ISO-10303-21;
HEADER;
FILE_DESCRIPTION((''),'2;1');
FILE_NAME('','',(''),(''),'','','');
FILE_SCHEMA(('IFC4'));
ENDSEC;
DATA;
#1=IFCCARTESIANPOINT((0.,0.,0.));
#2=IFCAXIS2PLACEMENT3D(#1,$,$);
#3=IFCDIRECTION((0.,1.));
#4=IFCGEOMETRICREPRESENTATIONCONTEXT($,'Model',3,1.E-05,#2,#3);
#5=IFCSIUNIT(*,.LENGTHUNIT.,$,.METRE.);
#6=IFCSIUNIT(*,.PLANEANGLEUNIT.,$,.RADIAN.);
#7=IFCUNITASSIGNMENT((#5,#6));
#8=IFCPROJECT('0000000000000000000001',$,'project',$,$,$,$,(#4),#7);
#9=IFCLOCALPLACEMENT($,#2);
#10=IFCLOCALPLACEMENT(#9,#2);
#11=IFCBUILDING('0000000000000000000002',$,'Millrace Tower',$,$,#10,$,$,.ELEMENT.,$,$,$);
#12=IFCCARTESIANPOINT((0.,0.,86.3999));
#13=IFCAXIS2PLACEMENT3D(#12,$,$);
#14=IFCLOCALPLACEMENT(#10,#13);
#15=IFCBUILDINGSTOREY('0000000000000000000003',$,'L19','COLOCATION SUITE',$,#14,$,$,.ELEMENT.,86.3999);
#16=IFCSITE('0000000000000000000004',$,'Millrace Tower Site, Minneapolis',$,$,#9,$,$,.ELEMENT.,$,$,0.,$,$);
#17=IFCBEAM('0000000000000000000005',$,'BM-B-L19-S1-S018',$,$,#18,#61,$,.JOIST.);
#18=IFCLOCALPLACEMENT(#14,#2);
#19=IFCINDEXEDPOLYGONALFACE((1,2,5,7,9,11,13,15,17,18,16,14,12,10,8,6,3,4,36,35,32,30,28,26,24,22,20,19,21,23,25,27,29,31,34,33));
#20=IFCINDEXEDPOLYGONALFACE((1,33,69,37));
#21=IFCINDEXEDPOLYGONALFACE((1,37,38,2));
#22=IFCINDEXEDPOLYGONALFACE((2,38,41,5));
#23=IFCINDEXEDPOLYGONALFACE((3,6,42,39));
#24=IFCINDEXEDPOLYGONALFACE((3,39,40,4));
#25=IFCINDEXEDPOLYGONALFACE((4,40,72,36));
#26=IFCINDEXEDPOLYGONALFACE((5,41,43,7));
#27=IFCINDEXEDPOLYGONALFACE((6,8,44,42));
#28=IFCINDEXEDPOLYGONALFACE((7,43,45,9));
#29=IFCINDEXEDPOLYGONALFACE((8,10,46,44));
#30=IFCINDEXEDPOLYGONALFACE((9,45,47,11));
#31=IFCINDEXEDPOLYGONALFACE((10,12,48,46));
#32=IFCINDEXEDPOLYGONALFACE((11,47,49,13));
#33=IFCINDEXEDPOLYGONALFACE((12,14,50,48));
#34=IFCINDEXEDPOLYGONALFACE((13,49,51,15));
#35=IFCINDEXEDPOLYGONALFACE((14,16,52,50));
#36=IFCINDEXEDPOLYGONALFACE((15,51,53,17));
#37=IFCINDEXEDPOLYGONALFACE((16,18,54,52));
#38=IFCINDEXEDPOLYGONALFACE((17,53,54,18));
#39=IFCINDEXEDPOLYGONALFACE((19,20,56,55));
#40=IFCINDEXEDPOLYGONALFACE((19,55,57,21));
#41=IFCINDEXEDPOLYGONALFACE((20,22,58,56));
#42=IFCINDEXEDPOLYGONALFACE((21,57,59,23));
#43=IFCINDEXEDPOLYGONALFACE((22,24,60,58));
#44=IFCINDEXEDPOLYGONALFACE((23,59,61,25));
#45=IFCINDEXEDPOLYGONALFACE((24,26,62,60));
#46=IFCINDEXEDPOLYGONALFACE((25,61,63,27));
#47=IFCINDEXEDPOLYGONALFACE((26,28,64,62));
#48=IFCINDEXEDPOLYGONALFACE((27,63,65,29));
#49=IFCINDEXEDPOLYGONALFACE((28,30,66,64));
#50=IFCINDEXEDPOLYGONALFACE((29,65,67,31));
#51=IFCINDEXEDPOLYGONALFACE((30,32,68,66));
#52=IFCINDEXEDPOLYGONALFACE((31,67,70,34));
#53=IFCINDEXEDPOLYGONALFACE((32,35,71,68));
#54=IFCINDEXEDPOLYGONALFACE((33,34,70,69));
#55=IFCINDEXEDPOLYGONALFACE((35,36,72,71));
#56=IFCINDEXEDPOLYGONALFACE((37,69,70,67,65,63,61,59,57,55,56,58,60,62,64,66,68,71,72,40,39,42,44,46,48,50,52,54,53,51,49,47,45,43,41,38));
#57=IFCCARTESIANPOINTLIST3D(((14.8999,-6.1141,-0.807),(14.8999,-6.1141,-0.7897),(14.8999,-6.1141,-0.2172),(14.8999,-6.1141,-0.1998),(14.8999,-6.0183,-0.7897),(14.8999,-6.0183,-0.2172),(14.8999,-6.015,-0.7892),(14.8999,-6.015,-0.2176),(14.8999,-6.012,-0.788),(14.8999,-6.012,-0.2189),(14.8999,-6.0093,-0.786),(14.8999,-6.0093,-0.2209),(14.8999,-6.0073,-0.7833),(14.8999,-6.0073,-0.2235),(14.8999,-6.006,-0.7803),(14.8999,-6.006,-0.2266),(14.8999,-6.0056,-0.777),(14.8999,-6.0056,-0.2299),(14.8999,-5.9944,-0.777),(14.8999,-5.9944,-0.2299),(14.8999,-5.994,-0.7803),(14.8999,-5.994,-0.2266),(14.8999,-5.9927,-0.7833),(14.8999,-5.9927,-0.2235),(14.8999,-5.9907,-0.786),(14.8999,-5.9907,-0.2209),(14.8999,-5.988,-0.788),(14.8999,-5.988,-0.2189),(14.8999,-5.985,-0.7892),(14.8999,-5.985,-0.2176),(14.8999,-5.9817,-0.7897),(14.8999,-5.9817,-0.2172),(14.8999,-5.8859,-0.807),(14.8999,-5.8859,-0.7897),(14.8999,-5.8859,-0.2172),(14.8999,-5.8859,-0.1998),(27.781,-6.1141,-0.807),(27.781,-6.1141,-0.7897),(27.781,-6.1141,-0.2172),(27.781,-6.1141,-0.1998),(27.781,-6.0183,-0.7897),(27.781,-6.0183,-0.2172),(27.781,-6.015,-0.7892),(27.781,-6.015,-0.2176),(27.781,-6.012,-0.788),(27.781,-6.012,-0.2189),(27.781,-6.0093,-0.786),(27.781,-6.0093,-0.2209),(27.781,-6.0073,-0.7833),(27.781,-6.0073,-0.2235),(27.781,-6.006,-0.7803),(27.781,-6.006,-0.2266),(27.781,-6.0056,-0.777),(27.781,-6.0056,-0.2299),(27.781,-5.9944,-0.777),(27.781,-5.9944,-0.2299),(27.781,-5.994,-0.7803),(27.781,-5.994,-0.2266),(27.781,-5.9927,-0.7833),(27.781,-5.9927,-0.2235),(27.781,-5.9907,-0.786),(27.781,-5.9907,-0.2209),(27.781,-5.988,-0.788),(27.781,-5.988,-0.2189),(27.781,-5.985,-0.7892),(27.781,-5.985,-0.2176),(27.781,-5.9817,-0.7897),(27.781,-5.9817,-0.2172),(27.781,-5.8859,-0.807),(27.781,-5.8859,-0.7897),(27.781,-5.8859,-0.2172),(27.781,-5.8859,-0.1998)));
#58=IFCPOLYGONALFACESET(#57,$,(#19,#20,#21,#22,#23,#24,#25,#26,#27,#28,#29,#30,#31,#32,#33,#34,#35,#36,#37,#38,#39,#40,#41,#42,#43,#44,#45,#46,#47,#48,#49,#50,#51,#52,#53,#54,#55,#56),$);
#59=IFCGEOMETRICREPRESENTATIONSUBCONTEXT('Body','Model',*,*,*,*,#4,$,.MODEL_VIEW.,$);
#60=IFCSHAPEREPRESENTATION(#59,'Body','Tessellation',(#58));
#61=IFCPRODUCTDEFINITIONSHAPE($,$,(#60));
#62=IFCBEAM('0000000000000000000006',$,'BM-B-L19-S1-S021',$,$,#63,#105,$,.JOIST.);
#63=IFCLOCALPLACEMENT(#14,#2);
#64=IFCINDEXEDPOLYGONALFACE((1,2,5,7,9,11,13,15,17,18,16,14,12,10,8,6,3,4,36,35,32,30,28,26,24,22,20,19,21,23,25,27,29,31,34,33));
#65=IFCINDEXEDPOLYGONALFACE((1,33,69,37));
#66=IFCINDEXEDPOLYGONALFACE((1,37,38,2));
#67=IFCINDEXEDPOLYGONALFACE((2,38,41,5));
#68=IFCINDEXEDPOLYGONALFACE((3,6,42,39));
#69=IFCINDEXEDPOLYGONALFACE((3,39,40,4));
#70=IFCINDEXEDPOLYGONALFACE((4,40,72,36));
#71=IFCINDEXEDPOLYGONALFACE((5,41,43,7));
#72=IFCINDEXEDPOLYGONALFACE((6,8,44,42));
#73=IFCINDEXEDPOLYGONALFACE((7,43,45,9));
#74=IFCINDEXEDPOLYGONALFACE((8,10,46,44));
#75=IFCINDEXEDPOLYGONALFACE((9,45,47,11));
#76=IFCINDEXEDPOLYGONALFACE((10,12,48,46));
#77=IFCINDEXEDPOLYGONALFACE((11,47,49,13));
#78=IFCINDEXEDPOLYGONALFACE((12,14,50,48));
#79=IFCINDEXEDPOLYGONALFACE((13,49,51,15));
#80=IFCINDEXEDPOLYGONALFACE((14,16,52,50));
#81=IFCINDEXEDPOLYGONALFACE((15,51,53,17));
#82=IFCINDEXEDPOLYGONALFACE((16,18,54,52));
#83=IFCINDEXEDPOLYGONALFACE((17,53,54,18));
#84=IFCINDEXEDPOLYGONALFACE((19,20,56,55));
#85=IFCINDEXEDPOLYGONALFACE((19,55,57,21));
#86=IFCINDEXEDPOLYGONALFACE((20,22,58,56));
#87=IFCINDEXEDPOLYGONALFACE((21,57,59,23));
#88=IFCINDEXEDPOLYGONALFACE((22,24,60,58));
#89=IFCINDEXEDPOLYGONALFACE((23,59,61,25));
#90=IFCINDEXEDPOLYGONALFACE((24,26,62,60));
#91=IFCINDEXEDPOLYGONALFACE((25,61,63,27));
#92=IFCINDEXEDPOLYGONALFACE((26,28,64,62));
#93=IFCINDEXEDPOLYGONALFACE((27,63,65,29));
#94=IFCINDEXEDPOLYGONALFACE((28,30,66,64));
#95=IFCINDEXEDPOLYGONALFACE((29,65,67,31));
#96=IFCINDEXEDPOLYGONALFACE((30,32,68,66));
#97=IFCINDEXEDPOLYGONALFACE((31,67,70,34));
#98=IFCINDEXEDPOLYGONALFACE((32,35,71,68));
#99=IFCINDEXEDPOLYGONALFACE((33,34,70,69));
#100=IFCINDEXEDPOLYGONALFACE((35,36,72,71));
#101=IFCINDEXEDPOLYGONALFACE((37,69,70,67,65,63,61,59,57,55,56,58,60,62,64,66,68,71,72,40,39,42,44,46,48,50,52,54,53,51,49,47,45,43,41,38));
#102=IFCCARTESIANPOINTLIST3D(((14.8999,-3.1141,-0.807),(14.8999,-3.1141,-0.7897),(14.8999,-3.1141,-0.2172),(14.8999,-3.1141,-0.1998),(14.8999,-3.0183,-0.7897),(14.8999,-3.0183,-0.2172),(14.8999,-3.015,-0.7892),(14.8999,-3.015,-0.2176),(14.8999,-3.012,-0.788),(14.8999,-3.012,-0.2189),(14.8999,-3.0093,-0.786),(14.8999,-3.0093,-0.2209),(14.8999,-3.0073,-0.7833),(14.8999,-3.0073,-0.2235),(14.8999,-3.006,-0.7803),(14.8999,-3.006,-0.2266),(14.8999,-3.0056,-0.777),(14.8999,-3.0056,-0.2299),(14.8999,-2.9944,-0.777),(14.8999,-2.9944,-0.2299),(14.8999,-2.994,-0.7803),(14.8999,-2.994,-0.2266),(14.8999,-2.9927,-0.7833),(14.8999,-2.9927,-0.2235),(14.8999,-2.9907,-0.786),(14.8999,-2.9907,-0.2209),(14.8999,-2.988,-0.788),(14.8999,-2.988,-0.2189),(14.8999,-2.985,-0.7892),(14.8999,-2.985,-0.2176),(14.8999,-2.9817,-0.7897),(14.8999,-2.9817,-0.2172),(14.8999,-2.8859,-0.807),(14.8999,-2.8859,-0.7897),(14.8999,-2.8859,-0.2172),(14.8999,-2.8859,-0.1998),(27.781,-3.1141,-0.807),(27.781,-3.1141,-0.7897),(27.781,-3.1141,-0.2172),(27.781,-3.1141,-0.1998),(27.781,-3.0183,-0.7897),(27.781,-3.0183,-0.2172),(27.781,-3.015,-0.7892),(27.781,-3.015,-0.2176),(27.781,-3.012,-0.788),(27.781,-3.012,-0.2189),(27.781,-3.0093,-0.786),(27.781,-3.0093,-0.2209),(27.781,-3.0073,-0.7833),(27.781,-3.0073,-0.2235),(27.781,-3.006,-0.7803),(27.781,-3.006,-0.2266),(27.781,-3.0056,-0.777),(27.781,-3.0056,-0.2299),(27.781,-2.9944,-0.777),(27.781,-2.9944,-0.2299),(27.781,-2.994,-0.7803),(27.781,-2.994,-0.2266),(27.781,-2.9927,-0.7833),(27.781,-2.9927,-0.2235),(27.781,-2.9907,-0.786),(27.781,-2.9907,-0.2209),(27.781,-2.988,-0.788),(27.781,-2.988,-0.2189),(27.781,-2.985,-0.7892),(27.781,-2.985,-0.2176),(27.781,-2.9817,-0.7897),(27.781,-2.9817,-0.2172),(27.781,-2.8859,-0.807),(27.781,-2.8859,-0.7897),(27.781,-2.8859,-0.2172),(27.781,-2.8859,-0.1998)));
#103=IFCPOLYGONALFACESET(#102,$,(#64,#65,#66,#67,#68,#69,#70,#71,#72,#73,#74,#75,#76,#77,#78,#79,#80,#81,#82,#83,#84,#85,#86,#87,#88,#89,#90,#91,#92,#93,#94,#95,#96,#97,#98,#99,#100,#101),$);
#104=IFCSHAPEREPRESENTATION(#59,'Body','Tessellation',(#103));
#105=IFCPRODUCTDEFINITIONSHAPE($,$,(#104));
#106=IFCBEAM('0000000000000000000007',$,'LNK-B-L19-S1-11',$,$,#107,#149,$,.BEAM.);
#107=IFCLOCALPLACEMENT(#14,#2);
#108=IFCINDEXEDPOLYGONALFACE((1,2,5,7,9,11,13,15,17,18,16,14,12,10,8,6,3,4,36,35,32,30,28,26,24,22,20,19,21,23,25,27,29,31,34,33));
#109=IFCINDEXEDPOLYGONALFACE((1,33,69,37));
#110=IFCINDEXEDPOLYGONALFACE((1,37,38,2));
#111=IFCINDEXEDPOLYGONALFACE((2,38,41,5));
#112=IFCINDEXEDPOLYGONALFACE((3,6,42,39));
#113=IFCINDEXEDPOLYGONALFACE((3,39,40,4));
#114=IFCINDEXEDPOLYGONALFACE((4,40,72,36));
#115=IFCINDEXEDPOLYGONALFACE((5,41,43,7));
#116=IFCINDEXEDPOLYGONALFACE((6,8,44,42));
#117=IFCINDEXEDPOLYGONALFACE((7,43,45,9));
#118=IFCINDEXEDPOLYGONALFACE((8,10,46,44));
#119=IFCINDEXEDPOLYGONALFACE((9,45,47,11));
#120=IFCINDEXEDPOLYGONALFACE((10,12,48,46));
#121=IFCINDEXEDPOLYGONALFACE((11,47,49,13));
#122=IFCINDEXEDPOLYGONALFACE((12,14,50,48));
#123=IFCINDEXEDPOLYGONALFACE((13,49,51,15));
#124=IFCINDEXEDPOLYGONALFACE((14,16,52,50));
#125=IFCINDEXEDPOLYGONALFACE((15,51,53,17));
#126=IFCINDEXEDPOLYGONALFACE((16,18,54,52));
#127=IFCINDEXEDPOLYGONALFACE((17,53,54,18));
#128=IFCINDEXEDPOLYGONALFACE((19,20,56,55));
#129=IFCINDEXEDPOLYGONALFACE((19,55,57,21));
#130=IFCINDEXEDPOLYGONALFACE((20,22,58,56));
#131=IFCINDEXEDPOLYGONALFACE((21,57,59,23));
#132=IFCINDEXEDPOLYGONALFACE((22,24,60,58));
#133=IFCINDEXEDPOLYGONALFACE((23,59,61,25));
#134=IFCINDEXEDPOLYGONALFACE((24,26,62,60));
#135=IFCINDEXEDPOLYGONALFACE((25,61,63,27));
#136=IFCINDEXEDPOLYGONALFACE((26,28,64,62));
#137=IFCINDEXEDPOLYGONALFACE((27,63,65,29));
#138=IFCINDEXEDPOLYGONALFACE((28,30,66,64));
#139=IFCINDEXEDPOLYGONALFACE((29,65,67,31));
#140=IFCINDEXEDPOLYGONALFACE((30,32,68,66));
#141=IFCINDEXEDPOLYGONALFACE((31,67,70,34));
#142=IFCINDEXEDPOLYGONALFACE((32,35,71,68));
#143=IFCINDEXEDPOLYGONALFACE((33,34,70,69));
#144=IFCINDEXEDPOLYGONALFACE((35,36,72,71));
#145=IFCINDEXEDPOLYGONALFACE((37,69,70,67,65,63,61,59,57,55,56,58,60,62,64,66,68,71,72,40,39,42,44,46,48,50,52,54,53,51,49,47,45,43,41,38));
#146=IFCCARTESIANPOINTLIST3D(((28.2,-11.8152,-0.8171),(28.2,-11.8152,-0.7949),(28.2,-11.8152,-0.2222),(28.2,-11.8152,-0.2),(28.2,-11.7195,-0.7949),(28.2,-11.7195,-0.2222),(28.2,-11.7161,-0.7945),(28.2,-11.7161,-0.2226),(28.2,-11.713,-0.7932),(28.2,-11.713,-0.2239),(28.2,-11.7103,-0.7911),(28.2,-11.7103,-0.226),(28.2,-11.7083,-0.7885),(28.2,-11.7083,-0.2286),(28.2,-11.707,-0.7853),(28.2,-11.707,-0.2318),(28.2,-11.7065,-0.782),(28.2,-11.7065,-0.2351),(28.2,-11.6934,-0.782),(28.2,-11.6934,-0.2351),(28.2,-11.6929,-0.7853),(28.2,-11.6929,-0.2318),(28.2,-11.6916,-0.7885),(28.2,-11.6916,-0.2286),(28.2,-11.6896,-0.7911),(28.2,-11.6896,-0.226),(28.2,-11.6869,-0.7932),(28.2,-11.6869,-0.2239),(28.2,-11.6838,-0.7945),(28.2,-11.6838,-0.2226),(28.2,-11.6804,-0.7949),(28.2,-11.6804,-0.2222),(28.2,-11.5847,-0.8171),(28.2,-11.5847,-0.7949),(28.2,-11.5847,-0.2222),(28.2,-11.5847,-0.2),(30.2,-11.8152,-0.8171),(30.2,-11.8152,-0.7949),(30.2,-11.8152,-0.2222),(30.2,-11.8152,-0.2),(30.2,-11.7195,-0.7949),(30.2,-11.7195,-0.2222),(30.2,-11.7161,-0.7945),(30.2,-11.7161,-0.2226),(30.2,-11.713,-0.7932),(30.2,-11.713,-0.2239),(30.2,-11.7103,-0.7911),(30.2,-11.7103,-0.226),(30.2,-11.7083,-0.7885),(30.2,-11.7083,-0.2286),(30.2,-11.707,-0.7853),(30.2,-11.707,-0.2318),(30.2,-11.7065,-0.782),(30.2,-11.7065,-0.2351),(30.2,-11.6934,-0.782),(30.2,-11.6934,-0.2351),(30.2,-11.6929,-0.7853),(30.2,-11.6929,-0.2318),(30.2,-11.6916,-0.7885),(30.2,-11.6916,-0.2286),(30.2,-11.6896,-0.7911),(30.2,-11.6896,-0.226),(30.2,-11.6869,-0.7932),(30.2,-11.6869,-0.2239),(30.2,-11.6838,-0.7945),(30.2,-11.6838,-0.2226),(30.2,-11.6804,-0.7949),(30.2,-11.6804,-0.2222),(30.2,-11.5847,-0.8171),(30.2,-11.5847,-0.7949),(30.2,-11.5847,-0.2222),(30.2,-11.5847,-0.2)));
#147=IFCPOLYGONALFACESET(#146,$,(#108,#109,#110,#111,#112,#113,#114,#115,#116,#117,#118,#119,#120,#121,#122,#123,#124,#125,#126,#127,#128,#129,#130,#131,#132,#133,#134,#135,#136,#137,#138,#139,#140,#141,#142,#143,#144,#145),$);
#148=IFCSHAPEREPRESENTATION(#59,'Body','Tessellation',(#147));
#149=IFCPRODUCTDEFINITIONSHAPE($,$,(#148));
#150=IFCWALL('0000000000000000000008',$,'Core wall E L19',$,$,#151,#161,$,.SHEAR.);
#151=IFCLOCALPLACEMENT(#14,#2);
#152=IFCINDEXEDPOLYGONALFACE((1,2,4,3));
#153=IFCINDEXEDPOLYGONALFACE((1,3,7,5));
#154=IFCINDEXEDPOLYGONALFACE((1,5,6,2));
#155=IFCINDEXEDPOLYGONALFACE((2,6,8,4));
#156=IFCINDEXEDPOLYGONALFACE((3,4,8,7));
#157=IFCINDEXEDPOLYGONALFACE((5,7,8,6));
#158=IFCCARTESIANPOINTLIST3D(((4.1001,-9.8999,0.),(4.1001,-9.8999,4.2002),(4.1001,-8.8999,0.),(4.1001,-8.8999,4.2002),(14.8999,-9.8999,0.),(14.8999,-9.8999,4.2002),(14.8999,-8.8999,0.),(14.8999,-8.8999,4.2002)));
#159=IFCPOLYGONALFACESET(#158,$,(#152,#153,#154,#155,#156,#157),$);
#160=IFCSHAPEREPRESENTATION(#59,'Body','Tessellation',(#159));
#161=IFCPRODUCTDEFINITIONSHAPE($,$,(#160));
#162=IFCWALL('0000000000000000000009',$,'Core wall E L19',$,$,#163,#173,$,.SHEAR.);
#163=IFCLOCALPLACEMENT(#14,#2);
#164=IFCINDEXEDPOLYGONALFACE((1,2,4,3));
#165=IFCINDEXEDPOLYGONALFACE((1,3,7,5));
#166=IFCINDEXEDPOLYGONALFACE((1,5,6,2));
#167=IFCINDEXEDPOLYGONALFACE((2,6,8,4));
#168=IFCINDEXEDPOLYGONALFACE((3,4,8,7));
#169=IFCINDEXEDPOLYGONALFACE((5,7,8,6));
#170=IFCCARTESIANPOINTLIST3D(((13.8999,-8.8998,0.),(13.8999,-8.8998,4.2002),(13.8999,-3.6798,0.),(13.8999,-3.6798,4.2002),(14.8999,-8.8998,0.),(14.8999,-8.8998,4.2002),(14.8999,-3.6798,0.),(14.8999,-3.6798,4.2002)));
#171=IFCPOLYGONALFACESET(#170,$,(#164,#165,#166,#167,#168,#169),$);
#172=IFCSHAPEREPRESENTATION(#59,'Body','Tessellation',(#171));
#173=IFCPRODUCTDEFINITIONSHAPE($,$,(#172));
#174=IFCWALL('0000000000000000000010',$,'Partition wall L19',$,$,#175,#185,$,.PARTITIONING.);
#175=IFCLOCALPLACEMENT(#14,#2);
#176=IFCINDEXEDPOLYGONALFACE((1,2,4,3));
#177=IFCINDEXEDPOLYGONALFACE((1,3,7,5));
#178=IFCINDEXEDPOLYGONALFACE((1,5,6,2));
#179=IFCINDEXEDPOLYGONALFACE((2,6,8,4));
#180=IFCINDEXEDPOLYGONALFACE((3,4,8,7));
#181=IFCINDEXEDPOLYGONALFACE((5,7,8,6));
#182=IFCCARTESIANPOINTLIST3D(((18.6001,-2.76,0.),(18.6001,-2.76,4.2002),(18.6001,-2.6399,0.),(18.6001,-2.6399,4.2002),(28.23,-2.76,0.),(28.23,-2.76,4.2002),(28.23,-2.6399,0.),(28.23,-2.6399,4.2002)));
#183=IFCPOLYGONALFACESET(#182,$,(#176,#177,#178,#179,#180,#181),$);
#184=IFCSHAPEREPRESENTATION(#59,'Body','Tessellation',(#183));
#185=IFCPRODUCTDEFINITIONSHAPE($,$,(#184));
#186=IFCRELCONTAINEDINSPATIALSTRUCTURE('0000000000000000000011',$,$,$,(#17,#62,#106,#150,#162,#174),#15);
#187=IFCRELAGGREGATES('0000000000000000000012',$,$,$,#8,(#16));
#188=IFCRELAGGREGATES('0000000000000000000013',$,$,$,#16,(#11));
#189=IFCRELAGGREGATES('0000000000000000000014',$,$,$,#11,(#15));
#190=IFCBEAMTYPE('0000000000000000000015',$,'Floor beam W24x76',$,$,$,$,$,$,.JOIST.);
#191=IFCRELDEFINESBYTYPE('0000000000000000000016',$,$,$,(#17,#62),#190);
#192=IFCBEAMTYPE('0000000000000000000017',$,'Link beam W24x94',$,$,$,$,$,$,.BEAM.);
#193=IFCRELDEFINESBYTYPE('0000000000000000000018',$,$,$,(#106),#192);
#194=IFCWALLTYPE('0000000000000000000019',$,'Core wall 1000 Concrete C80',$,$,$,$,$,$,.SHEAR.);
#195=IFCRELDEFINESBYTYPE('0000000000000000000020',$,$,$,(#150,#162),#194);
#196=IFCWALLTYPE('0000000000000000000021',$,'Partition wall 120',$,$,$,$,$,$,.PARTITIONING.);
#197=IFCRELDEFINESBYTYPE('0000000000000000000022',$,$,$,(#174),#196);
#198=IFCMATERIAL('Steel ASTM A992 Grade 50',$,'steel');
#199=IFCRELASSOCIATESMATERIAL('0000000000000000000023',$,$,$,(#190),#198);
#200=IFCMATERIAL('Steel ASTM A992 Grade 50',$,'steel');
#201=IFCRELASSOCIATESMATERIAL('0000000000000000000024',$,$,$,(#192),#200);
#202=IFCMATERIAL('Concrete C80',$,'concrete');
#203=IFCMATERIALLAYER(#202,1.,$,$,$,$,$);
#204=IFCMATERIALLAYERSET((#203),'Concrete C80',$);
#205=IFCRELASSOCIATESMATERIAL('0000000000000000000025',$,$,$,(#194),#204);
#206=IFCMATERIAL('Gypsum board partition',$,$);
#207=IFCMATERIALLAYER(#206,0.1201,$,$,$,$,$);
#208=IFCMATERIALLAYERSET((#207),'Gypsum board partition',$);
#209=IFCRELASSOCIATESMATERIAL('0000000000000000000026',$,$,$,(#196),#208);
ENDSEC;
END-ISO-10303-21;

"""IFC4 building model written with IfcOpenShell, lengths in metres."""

from ifc_helpers import new_model, si_unit, direction, frame, frame_2d, origin, origin_2d, place, context, subcontext, project, spatial, rectangle, i_section, extrude, material, layer, layer_set, material_profile, profile_set, type_object, element, save


model = new_model("IFC4")

# Units and contexts
model_context = context("Model", 3, precision=1e-05, world=origin(), true_north=direction((0.0, 1.0)))
body_context = subcontext(model_context, "Body", "Model", "MODEL_VIEW")
ifc_project = project(units=[si_unit("LENGTHUNIT", "METRE"), si_unit("PLANEANGLEUNIT", "RADIAN")], contexts=[model_context])

# Site, building, storey
site_placement = place(None, origin())
site = spatial("IfcSite", under=ifc_project, at=site_placement, Name="Millrace Tower Site, Minneapolis", CompositionType="ELEMENT", RefElevation=0.0)
building_placement = place(site_placement, origin())
building = spatial("IfcBuilding", under=site, at=building_placement, Name="Millrace Tower", CompositionType="ELEMENT")
storey_placement = place(building_placement, frame((0.0, 0.0, 86.3999)))
storey = spatial("IfcBuildingStorey", under=building, at=storey_placement, Name="L19", Description="COLOCATION SUITE", CompositionType="ELEMENT", Elevation=86.3999)

# Beams
ifc_material_1 = material(Name="Steel ASTM A992 Grade 50", Category="steel")
ifc_material_profile_1 = material_profile(ifc_material_1, i_section(OverallWidth=0.2283, OverallDepth=0.6072, WebThickness=0.0112, FlangeThickness=0.0173, FilletRadius=0.0127, at=origin_2d()))
ifc_profile_set_1 = profile_set([ifc_material_profile_1], Name="Steel ASTM A992 Grade 50")
beam_type_1 = type_object("IfcBeamType", Name="Floor beam W24x76", PredefinedType="JOIST", material=ifc_profile_set_1)
for number, where, z_axis, x_axis, name in (
    (1, (14.8999, -6.0, -0.5034), (1.0, 0.0, 0.0), (0.0, 1.0, 0.0), "BM-B-L19-S1-S018"),
    (2, (14.8999, -3.0, -0.5034), (1.0, 0.0, 0.0), (0.0, 1.0, 0.0), "BM-B-L19-S1-S021"),
):
    element("IfcBeam", number, at=place(storey_placement, frame(where, z_axis=z_axis, x_axis=x_axis)), inside=storey, type_object=beam_type_1, Name=name, PredefinedType="JOIST", context=body_context, shape_type="SweptSolid", body=[
        extrude(i_section(OverallWidth=0.2283, OverallDepth=0.6072, WebThickness=0.0112, FlangeThickness=0.0173, FilletRadius=0.0127, at=origin_2d()), origin(), (0.0, 0.0, 1.0), 12.8811),
    ])
ifc_material_2 = material(Name="Steel ASTM A992 Grade 50", Category="steel")
ifc_material_profile_2 = material_profile(ifc_material_2, i_section(OverallWidth=0.2305, OverallDepth=0.6172, WebThickness=0.0132, FlangeThickness=0.0222, FilletRadius=0.0129, at=origin_2d()))
ifc_profile_set_2 = profile_set([ifc_material_profile_2], Name="Steel ASTM A992 Grade 50")
beam_type_2 = type_object("IfcBeamType", Name="Link beam W24x94", PredefinedType="BEAM", material=ifc_profile_set_2)
beam_1_placement = place(storey_placement, frame((28.2, -11.7, -0.5085), z_axis=(1.0, 0.0, 0.0), x_axis=(0.0, 1.0, 0.0)))
element("IfcBeam", 3, at=beam_1_placement, inside=storey, type_object=beam_type_2, Name="LNK-B-L19-S1-11", PredefinedType="BEAM", context=body_context, shape_type="SweptSolid", body=[
    extrude(i_section(OverallWidth=0.2305, OverallDepth=0.6172, WebThickness=0.0132, FlangeThickness=0.0222, FilletRadius=0.0129, at=origin_2d()), origin(), (0.0, 0.0, 1.0), 2.0),
])

# Walls
ifc_material_3 = material(Name="Concrete C80", Category="concrete")
ifc_layer_1 = layer(ifc_material_3, 1.0)
ifc_layer_set_1 = layer_set([ifc_layer_1], Name="Concrete C80")
wall_type_1 = type_object("IfcWallType", Name="Core wall 1000 Concrete C80", PredefinedType="SHEAR", material=ifc_layer_set_1)
wall_1_placement = place(storey_placement, frame((14.8999, -9.3999, 0.0), z_axis=(0.0, 0.0, 1.0), x_axis=(-1.0, 0.0, 0.0)))
element("IfcWall", 4, at=wall_1_placement, inside=storey, type_object=wall_type_1, Name="Core wall E L19", PredefinedType="SHEAR", context=body_context, shape_type="SweptSolid", body=[
    extrude(rectangle(XDim=10.7998, YDim=1.0, at=frame_2d((5.3999, 0.0))), origin(), (0.0, 0.0, 1.0), 4.2002),
])
wall_2_placement = place(storey_placement, frame((14.3999, -3.6799, 0.0), z_axis=(0.0, 0.0, 1.0), x_axis=(0.0, -1.0, 0.0)))
element("IfcWall", 5, at=wall_2_placement, inside=storey, type_object=wall_type_1, Name="Core wall E L19", PredefinedType="SHEAR", context=body_context, shape_type="SweptSolid", body=[
    extrude(rectangle(XDim=5.22, YDim=1.0, at=frame_2d((2.6099, 0.0))), origin(), (0.0, 0.0, 1.0), 4.2002),
])
ifc_material_4 = material(Name="Gypsum board partition")
ifc_layer_2 = layer(ifc_material_4, 0.1201)
ifc_layer_set_2 = layer_set([ifc_layer_2], Name="Gypsum board partition")
wall_type_2 = type_object("IfcWallType", Name="Partition wall 120", PredefinedType="PARTITIONING", material=ifc_layer_set_2)
wall_3_placement = place(storey_placement, frame((18.6001, -2.7, 0.0), z_axis=(0.0, 0.0, 1.0), x_axis=(1.0, 0.0, 0.0)))
element("IfcWall", 6, at=wall_3_placement, inside=storey, type_object=wall_type_2, Name="Partition wall L19", PredefinedType="PARTITIONING", context=body_context, shape_type="SweptSolid", body=[
    extrude(rectangle(XDim=9.6299, YDim=0.1201, at=frame_2d((4.8149, 0.0))), origin(), (0.0, 0.0, 1.0), 4.2002),
])

save(model, "model.ifc")
